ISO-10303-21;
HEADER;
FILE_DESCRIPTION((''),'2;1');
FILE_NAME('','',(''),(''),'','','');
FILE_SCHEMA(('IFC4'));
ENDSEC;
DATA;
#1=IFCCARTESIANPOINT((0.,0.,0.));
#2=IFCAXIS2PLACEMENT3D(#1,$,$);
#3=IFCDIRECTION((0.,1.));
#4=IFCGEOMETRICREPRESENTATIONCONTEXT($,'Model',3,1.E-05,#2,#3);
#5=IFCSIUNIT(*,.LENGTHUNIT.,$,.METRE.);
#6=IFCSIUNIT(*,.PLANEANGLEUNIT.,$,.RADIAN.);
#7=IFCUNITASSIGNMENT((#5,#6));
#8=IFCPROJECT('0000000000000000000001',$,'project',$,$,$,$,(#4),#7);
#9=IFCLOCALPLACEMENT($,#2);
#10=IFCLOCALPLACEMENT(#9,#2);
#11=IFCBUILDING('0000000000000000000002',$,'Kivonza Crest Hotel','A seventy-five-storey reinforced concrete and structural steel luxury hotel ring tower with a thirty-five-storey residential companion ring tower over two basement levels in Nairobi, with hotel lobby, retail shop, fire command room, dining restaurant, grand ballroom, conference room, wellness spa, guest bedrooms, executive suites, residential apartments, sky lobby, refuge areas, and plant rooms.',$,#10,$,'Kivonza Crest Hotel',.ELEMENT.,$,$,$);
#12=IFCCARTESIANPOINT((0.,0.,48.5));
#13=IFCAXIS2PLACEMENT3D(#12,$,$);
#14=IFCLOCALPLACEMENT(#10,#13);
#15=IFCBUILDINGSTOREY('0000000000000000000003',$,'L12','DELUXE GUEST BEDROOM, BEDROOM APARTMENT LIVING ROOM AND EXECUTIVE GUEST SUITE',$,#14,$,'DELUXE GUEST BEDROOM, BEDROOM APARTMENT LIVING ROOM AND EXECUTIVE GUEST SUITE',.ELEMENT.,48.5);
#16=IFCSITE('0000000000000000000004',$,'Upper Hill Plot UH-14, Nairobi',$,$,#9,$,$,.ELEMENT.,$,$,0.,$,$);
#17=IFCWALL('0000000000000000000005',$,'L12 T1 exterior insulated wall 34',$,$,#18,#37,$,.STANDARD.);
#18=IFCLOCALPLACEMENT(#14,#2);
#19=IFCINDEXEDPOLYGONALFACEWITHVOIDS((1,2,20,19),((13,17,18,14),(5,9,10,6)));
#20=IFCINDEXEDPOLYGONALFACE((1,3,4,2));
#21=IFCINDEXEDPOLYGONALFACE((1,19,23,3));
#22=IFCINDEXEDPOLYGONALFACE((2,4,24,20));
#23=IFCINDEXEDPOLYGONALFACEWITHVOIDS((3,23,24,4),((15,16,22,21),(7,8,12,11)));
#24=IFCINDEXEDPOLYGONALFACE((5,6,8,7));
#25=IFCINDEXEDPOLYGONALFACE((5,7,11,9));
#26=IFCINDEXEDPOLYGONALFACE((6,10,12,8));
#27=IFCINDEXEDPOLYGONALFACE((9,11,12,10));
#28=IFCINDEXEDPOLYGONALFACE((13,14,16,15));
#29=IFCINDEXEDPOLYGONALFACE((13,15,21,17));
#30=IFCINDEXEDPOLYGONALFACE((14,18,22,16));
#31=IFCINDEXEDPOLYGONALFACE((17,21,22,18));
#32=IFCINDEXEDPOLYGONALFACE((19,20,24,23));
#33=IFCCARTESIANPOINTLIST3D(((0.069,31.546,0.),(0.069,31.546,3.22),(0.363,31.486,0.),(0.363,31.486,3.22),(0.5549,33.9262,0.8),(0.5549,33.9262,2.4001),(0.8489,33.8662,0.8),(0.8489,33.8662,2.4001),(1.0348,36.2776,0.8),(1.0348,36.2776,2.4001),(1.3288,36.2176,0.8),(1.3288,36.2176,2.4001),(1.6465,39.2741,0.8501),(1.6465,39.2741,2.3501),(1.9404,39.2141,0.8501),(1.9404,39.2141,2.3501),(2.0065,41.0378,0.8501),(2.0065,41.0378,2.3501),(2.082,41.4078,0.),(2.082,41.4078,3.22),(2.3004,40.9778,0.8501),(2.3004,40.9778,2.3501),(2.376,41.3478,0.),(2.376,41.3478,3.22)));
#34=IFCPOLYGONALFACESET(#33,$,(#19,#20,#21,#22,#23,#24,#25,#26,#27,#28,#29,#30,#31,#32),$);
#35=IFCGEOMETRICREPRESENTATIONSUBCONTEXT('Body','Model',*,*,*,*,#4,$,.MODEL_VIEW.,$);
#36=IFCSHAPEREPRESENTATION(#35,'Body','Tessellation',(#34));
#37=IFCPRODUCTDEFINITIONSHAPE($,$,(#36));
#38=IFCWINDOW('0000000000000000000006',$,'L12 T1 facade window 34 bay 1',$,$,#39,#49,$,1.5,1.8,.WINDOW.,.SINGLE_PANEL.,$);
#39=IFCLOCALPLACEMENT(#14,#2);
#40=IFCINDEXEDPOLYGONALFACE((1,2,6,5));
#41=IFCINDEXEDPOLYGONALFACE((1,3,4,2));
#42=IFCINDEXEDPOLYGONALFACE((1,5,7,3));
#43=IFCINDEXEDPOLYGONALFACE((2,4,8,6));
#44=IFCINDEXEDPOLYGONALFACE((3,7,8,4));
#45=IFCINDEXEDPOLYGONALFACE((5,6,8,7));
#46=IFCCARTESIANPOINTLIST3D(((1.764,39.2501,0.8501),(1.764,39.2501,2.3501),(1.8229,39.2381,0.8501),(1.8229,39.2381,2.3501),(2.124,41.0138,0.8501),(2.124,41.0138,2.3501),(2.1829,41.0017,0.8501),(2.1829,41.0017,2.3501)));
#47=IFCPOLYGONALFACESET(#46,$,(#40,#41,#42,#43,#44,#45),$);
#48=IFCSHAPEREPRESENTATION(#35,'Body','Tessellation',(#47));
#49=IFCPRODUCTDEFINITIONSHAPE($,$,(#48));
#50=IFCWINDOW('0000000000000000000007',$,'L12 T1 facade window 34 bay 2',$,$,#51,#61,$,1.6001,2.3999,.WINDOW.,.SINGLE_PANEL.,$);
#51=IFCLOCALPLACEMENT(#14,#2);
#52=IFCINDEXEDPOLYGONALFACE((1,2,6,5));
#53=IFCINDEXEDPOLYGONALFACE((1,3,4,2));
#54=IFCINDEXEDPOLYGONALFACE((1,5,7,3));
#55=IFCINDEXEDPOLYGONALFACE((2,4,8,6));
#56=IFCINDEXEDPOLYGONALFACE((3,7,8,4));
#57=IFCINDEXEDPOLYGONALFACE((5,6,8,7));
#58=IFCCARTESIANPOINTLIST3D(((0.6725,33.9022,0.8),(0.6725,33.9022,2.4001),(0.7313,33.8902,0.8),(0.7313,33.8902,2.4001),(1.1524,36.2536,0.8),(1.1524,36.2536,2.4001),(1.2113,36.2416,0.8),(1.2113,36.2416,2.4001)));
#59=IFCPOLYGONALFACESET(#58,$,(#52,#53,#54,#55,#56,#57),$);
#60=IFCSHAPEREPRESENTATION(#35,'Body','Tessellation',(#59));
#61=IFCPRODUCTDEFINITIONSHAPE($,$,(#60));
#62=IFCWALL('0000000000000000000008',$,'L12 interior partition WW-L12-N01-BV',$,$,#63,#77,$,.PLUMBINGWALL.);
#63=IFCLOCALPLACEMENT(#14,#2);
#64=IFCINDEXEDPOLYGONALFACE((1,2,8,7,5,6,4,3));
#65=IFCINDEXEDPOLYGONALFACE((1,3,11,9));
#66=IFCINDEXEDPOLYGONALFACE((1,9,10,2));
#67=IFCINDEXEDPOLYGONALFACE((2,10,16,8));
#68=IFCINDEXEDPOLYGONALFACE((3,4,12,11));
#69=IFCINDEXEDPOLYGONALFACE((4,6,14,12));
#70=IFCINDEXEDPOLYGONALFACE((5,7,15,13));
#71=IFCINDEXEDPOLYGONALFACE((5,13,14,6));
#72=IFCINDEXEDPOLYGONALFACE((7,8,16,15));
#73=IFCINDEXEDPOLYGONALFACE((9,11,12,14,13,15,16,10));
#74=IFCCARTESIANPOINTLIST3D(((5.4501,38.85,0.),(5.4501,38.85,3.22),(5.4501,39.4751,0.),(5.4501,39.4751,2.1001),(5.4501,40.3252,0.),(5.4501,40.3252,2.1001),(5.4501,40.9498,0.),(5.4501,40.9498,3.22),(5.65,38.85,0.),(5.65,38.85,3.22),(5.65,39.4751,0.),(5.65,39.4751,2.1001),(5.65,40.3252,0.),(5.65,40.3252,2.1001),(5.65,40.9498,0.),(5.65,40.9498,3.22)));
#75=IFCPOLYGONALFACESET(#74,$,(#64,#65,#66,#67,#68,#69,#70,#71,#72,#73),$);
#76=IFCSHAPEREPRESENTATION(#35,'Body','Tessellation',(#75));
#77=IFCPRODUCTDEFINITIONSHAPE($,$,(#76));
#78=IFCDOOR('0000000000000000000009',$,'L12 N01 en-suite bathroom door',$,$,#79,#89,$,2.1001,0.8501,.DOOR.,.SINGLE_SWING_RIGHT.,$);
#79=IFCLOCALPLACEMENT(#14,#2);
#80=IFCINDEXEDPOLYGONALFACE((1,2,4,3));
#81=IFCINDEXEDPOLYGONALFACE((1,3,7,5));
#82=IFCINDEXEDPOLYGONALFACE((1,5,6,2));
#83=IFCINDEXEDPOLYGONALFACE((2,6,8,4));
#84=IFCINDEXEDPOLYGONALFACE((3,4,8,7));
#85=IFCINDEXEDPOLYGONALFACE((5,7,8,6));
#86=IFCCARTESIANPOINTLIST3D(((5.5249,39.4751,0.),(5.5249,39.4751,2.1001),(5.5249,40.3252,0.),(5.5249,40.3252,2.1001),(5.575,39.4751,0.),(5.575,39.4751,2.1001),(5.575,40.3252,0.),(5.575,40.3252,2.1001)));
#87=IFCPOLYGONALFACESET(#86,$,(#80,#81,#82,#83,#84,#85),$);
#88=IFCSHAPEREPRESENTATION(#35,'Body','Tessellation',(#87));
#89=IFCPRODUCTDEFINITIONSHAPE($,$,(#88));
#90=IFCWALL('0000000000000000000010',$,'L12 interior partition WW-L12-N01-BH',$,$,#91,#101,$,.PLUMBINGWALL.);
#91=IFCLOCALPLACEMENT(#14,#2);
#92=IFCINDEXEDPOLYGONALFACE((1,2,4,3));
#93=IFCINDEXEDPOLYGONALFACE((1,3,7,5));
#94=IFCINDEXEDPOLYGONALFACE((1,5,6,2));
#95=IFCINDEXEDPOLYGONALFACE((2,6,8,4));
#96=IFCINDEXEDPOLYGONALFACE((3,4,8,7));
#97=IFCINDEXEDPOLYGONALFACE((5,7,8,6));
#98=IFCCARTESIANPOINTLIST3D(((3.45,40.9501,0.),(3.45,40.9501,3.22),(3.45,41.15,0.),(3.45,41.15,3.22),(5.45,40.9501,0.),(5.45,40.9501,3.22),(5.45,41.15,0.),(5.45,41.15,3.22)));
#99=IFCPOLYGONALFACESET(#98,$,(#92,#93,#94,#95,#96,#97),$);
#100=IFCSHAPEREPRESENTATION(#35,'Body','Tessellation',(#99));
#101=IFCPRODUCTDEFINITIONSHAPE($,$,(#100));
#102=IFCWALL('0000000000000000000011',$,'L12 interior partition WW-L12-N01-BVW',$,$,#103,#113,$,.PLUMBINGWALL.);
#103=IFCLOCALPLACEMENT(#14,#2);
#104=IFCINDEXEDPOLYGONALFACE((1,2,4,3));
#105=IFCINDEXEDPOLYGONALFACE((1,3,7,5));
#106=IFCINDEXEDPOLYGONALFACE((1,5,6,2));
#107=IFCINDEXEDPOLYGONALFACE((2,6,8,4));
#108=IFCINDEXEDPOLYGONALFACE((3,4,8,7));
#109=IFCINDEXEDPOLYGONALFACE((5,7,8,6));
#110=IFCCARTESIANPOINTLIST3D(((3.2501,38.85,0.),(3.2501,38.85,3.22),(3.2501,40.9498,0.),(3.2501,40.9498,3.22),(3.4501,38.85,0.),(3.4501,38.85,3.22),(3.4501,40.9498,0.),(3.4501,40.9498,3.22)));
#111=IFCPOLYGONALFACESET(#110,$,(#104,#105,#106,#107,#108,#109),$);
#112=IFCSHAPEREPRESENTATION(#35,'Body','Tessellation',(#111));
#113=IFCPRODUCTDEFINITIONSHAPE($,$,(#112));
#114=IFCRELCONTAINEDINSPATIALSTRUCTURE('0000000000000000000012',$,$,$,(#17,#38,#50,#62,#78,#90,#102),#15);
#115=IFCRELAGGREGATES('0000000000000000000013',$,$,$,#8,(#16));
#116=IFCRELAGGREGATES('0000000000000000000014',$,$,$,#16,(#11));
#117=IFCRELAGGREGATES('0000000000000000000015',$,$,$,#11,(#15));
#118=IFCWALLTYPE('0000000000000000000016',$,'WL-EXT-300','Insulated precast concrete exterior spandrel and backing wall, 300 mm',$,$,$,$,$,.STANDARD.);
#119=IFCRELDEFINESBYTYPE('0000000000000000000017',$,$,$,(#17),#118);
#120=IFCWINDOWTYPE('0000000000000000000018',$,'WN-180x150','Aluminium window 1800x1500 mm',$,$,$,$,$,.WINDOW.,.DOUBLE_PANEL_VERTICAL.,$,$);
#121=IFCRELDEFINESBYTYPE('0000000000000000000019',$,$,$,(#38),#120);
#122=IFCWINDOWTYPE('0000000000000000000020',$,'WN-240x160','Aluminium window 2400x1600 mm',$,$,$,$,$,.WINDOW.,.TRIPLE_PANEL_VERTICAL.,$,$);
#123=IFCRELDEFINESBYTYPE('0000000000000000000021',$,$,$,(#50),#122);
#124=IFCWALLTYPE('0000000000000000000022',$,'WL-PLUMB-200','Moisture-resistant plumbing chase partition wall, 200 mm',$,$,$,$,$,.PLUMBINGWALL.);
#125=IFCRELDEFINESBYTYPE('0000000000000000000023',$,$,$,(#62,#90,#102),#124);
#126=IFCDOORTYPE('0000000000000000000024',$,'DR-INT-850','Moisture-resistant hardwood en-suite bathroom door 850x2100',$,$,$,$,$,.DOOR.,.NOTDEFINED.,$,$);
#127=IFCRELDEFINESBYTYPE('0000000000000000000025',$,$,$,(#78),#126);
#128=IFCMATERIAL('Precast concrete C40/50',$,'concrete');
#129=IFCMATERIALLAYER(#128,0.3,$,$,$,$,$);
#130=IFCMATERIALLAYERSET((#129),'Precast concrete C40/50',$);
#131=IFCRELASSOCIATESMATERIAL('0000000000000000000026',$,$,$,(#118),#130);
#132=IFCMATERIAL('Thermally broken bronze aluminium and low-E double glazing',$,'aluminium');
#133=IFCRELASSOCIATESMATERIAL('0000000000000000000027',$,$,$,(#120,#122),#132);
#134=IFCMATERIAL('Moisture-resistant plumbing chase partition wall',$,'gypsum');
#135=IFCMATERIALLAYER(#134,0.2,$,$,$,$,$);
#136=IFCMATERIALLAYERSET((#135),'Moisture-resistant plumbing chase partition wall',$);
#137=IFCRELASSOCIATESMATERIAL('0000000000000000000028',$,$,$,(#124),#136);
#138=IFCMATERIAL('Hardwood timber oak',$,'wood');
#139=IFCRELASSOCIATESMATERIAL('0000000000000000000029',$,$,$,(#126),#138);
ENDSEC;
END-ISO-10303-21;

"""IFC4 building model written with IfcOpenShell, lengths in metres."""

from ifc_helpers import new_model, si_unit, direction, frame, frame_2d, origin, place, context, subcontext, project, spatial, rectangle, extrude, material, layer, layer_set, type_object, element, fill, save


model = new_model("IFC4")

# Units and contexts
model_context = context("Model", 3, precision=1e-05, world=origin(), true_north=direction((0.0, 1.0)))
body_context = subcontext(model_context, "Body", "Model", "MODEL_VIEW")
ifc_project = project(units=[si_unit("LENGTHUNIT", "METRE"), si_unit("PLANEANGLEUNIT", "RADIAN")], contexts=[model_context])

# Site, building, storey
site_placement = place(None, origin())
site = spatial("IfcSite", under=ifc_project, at=site_placement, Name="Upper Hill Plot UH-14, Nairobi", CompositionType="ELEMENT", RefElevation=0.0)
building_placement = place(site_placement, origin())
building = spatial("IfcBuilding", under=site, at=building_placement, Name="Kivonza Crest Hotel", Description="A seventy-five-storey reinforced concrete and structural steel luxury hotel ring tower with a thirty-five-storey residential companion ring tower over two basement levels in Nairobi, with hotel lobby, retail shop, fire command room, dining restaurant, grand ballroom, conference room, wellness spa, guest bedrooms, executive suites, residential apartments, sky lobby, refuge areas, and plant rooms.", LongName="Kivonza Crest Hotel", CompositionType="ELEMENT")
storey_placement = place(building_placement, frame((0.0, 0.0, 48.5)))
storey = spatial("IfcBuildingStorey", under=building, at=storey_placement, Name="L12", Description="DELUXE GUEST BEDROOM, BEDROOM APARTMENT LIVING ROOM AND EXECUTIVE GUEST SUITE", LongName="DELUXE GUEST BEDROOM, BEDROOM APARTMENT LIVING ROOM AND EXECUTIVE GUEST SUITE", CompositionType="ELEMENT", Elevation=48.5)

# Shared definitions
ifc_material_1 = material(Name="Hardwood timber oak", Category="wood")

# Shared definitions
ifc_material_2 = material(Name="Precast concrete C40/50", Category="concrete")
ifc_layer_1 = layer(ifc_material_2, 0.3)
ifc_layer_set_1 = layer_set([ifc_layer_1], Name="Precast concrete C40/50")
wall_type_1 = type_object("IfcWallType", Name="WL-EXT-300", Description="Insulated precast concrete exterior spandrel and backing wall, 300 mm", PredefinedType="STANDARD", material=ifc_layer_set_1)

# Wall, openings, windows
wall_1_placement = place(storey_placement, frame((2.229, 41.3779, 0.0), z_axis=(0.0, 0.0, 1.0), x_axis=(-0.199991, -0.979798, 0.0)))
wall_1 = element("IfcWall", 1, at=wall_1_placement, inside=storey, type_object=wall_type_1, Name="L12 T1 exterior insulated wall 34", PredefinedType="STANDARD", context=body_context, shape_type="SweptSolid", body=[
    extrude(rectangle(XDim=10.0652, YDim=0.3, at=frame_2d((5.0327, 0.0))), origin(), (0.0, 0.0, 1.0), 3.22),
])
opening_1_placement = place(wall_1_placement, frame((0.3779, 0.0, 0.8501)))
opening_1 = element("IfcOpeningElement", 2, at=opening_1_placement, cuts=wall_1, PredefinedType="OPENING", context=body_context, shape_type="SweptSolid", body=[
    extrude(rectangle(XDim=1.8, YDim=1.5, at=frame_2d((0.8999, 0.75))), frame((0.0, 0.1602, 0.0), z_axis=(0.0, -1.0, 0.0), x_axis=(1.0, 0.0, 0.0)), (0.0, 0.0, 1.0), 0.3201),
])
opening_2_placement = place(wall_1_placement, frame((5.2361, 0.0, 0.8)))
opening_2 = element("IfcOpeningElement", 3, at=opening_2_placement, cuts=wall_1, PredefinedType="OPENING", context=body_context, shape_type="SweptSolid", body=[
    extrude(rectangle(XDim=2.3999, YDim=1.6001, at=frame_2d((1.2, 0.8))), frame((0.0, 0.1602, 0.0), z_axis=(0.0, -1.0, 0.0), x_axis=(1.0, 0.0, 0.0)), (0.0, 0.0, 1.0), 0.3201),
])
ifc_material_3 = material(Name="Thermally broken bronze aluminium and low-E double glazing", Category="aluminium")
window_type_1 = type_object("IfcWindowType", Name="WN-180x150", Description="Aluminium window 1800x1500 mm", PartitioningType="DOUBLE_PANEL_VERTICAL", PredefinedType="WINDOW", material=ifc_material_3)
window_1_placement = place(opening_1_placement, origin())
window_1 = element("IfcWindow", 4, at=window_1_placement, inside=storey, type_object=window_type_1, Name="L12 T1 facade window 34 bay 1", OverallHeight=1.5, OverallWidth=1.8, PartitioningType="SINGLE_PANEL", PredefinedType="WINDOW", context=body_context, shape_type="SweptSolid", body=[
    extrude(rectangle(XDim=1.8, YDim=1.5, at=frame_2d((0.8999, 0.75))), frame((0.0, 0.03, 0.0), z_axis=(0.0, -1.0, 0.0), x_axis=(1.0, 0.0, 0.0)), (0.0, 0.0, 1.0), 0.0601),
])
fill(opening_1, window_1)
window_type_2 = type_object("IfcWindowType", Name="WN-240x160", Description="Aluminium window 2400x1600 mm", PartitioningType="TRIPLE_PANEL_VERTICAL", PredefinedType="WINDOW", material=ifc_material_3)
window_2_placement = place(opening_2_placement, origin())
window_2 = element("IfcWindow", 5, at=window_2_placement, inside=storey, type_object=window_type_2, Name="L12 T1 facade window 34 bay 2", OverallHeight=1.6001, OverallWidth=2.3999, PartitioningType="SINGLE_PANEL", PredefinedType="WINDOW", context=body_context, shape_type="SweptSolid", body=[
    extrude(rectangle(XDim=2.3999, YDim=1.6001, at=frame_2d((1.2, 0.8))), frame((0.0, 0.03, 0.0), z_axis=(0.0, -1.0, 0.0), x_axis=(1.0, 0.0, 0.0)), (0.0, 0.0, 1.0), 0.0601),
])
fill(opening_2, window_2)

# Wall, opening, door
ifc_material_4 = material(Name="Moisture-resistant plumbing chase partition wall", Category="gypsum")
ifc_layer_2 = layer(ifc_material_4, 0.2)
ifc_layer_set_2 = layer_set([ifc_layer_2], Name="Moisture-resistant plumbing chase partition wall")
wall_type_2 = type_object("IfcWallType", Name="WL-PLUMB-200", Description="Moisture-resistant plumbing chase partition wall, 200 mm", PredefinedType="PLUMBINGWALL", material=ifc_layer_set_2)
wall_2_placement = place(storey_placement, frame((5.55, 38.8501, 0.0), z_axis=(0.0, 0.0, 1.0), x_axis=(0.0, 1.0, 0.0)))
wall_2 = element("IfcWall", 6, at=wall_2_placement, inside=storey, type_object=wall_type_2, Name="L12 interior partition WW-L12-N01-BV", PredefinedType="PLUMBINGWALL", context=body_context, shape_type="SweptSolid", body=[
    extrude(rectangle(XDim=2.0999, YDim=0.2, at=frame_2d((1.0498, 0.0))), origin(), (0.0, 0.0, 1.0), 3.22),
])
opening_3_placement = place(wall_2_placement, frame((0.625, 0.0, 0.0)))
opening_3 = element("IfcOpeningElement", 7, at=opening_3_placement, cuts=wall_2, PredefinedType="OPENING", context=body_context, shape_type="SweptSolid", body=[
    extrude(rectangle(XDim=0.8501, YDim=2.1001, at=frame_2d((0.425, 1.05))), frame((0.0, 0.1099, 0.0), z_axis=(0.0, -1.0, 0.0), x_axis=(1.0, 0.0, 0.0)), (0.0, 0.0, 1.0), 0.22),
])
door_type_1 = type_object("IfcDoorType", Name="DR-INT-850", Description="Moisture-resistant hardwood en-suite bathroom door 850x2100", OperationType="NOTDEFINED", PredefinedType="DOOR", material=ifc_material_1)
door_1_placement = place(opening_3_placement, frame((0.8501, 0.0, 0.0), z_axis=(0.0, 0.0, 1.0), x_axis=(-1.0, 0.0, 0.0)))
door_1 = element("IfcDoor", 8, at=door_1_placement, inside=storey, type_object=door_type_1, Name="L12 N01 en-suite bathroom door", OperationType="SINGLE_SWING_RIGHT", OverallHeight=2.1001, OverallWidth=0.8501, PredefinedType="DOOR", context=body_context, shape_type="SweptSolid", body=[
    extrude(rectangle(XDim=0.8501, YDim=2.1001, at=frame_2d((0.425, 1.05))), frame((0.0, 0.0249, 0.0), z_axis=(0.0, -1.0, 0.0), x_axis=(1.0, 0.0, 0.0)), (0.0, 0.0, 1.0), 0.05),
])
fill(opening_3, door_1)

# Walls
wall_3_placement = place(storey_placement, frame((3.45, 41.05, 0.0), z_axis=(0.0, 0.0, 1.0), x_axis=(1.0, 0.0, 0.0)))
element("IfcWall", 9, at=wall_3_placement, inside=storey, type_object=wall_type_2, Name="L12 interior partition WW-L12-N01-BH", PredefinedType="PLUMBINGWALL", context=body_context, shape_type="SweptSolid", body=[
    extrude(rectangle(XDim=2.0, YDim=0.2, at=frame_2d((1.0, 0.0))), origin(), (0.0, 0.0, 1.0), 3.22),
])
wall_4_placement = place(storey_placement, frame((3.3501, 38.8501, 0.0), z_axis=(0.0, 0.0, 1.0), x_axis=(0.0, 1.0, 0.0)))
element("IfcWall", 10, at=wall_4_placement, inside=storey, type_object=wall_type_2, Name="L12 interior partition WW-L12-N01-BVW", PredefinedType="PLUMBINGWALL", context=body_context, shape_type="SweptSolid", body=[
    extrude(rectangle(XDim=2.0999, YDim=0.2, at=frame_2d((1.0498, 0.0))), origin(), (0.0, 0.0, 1.0), 3.22),
])

save(model, "model.ifc")
